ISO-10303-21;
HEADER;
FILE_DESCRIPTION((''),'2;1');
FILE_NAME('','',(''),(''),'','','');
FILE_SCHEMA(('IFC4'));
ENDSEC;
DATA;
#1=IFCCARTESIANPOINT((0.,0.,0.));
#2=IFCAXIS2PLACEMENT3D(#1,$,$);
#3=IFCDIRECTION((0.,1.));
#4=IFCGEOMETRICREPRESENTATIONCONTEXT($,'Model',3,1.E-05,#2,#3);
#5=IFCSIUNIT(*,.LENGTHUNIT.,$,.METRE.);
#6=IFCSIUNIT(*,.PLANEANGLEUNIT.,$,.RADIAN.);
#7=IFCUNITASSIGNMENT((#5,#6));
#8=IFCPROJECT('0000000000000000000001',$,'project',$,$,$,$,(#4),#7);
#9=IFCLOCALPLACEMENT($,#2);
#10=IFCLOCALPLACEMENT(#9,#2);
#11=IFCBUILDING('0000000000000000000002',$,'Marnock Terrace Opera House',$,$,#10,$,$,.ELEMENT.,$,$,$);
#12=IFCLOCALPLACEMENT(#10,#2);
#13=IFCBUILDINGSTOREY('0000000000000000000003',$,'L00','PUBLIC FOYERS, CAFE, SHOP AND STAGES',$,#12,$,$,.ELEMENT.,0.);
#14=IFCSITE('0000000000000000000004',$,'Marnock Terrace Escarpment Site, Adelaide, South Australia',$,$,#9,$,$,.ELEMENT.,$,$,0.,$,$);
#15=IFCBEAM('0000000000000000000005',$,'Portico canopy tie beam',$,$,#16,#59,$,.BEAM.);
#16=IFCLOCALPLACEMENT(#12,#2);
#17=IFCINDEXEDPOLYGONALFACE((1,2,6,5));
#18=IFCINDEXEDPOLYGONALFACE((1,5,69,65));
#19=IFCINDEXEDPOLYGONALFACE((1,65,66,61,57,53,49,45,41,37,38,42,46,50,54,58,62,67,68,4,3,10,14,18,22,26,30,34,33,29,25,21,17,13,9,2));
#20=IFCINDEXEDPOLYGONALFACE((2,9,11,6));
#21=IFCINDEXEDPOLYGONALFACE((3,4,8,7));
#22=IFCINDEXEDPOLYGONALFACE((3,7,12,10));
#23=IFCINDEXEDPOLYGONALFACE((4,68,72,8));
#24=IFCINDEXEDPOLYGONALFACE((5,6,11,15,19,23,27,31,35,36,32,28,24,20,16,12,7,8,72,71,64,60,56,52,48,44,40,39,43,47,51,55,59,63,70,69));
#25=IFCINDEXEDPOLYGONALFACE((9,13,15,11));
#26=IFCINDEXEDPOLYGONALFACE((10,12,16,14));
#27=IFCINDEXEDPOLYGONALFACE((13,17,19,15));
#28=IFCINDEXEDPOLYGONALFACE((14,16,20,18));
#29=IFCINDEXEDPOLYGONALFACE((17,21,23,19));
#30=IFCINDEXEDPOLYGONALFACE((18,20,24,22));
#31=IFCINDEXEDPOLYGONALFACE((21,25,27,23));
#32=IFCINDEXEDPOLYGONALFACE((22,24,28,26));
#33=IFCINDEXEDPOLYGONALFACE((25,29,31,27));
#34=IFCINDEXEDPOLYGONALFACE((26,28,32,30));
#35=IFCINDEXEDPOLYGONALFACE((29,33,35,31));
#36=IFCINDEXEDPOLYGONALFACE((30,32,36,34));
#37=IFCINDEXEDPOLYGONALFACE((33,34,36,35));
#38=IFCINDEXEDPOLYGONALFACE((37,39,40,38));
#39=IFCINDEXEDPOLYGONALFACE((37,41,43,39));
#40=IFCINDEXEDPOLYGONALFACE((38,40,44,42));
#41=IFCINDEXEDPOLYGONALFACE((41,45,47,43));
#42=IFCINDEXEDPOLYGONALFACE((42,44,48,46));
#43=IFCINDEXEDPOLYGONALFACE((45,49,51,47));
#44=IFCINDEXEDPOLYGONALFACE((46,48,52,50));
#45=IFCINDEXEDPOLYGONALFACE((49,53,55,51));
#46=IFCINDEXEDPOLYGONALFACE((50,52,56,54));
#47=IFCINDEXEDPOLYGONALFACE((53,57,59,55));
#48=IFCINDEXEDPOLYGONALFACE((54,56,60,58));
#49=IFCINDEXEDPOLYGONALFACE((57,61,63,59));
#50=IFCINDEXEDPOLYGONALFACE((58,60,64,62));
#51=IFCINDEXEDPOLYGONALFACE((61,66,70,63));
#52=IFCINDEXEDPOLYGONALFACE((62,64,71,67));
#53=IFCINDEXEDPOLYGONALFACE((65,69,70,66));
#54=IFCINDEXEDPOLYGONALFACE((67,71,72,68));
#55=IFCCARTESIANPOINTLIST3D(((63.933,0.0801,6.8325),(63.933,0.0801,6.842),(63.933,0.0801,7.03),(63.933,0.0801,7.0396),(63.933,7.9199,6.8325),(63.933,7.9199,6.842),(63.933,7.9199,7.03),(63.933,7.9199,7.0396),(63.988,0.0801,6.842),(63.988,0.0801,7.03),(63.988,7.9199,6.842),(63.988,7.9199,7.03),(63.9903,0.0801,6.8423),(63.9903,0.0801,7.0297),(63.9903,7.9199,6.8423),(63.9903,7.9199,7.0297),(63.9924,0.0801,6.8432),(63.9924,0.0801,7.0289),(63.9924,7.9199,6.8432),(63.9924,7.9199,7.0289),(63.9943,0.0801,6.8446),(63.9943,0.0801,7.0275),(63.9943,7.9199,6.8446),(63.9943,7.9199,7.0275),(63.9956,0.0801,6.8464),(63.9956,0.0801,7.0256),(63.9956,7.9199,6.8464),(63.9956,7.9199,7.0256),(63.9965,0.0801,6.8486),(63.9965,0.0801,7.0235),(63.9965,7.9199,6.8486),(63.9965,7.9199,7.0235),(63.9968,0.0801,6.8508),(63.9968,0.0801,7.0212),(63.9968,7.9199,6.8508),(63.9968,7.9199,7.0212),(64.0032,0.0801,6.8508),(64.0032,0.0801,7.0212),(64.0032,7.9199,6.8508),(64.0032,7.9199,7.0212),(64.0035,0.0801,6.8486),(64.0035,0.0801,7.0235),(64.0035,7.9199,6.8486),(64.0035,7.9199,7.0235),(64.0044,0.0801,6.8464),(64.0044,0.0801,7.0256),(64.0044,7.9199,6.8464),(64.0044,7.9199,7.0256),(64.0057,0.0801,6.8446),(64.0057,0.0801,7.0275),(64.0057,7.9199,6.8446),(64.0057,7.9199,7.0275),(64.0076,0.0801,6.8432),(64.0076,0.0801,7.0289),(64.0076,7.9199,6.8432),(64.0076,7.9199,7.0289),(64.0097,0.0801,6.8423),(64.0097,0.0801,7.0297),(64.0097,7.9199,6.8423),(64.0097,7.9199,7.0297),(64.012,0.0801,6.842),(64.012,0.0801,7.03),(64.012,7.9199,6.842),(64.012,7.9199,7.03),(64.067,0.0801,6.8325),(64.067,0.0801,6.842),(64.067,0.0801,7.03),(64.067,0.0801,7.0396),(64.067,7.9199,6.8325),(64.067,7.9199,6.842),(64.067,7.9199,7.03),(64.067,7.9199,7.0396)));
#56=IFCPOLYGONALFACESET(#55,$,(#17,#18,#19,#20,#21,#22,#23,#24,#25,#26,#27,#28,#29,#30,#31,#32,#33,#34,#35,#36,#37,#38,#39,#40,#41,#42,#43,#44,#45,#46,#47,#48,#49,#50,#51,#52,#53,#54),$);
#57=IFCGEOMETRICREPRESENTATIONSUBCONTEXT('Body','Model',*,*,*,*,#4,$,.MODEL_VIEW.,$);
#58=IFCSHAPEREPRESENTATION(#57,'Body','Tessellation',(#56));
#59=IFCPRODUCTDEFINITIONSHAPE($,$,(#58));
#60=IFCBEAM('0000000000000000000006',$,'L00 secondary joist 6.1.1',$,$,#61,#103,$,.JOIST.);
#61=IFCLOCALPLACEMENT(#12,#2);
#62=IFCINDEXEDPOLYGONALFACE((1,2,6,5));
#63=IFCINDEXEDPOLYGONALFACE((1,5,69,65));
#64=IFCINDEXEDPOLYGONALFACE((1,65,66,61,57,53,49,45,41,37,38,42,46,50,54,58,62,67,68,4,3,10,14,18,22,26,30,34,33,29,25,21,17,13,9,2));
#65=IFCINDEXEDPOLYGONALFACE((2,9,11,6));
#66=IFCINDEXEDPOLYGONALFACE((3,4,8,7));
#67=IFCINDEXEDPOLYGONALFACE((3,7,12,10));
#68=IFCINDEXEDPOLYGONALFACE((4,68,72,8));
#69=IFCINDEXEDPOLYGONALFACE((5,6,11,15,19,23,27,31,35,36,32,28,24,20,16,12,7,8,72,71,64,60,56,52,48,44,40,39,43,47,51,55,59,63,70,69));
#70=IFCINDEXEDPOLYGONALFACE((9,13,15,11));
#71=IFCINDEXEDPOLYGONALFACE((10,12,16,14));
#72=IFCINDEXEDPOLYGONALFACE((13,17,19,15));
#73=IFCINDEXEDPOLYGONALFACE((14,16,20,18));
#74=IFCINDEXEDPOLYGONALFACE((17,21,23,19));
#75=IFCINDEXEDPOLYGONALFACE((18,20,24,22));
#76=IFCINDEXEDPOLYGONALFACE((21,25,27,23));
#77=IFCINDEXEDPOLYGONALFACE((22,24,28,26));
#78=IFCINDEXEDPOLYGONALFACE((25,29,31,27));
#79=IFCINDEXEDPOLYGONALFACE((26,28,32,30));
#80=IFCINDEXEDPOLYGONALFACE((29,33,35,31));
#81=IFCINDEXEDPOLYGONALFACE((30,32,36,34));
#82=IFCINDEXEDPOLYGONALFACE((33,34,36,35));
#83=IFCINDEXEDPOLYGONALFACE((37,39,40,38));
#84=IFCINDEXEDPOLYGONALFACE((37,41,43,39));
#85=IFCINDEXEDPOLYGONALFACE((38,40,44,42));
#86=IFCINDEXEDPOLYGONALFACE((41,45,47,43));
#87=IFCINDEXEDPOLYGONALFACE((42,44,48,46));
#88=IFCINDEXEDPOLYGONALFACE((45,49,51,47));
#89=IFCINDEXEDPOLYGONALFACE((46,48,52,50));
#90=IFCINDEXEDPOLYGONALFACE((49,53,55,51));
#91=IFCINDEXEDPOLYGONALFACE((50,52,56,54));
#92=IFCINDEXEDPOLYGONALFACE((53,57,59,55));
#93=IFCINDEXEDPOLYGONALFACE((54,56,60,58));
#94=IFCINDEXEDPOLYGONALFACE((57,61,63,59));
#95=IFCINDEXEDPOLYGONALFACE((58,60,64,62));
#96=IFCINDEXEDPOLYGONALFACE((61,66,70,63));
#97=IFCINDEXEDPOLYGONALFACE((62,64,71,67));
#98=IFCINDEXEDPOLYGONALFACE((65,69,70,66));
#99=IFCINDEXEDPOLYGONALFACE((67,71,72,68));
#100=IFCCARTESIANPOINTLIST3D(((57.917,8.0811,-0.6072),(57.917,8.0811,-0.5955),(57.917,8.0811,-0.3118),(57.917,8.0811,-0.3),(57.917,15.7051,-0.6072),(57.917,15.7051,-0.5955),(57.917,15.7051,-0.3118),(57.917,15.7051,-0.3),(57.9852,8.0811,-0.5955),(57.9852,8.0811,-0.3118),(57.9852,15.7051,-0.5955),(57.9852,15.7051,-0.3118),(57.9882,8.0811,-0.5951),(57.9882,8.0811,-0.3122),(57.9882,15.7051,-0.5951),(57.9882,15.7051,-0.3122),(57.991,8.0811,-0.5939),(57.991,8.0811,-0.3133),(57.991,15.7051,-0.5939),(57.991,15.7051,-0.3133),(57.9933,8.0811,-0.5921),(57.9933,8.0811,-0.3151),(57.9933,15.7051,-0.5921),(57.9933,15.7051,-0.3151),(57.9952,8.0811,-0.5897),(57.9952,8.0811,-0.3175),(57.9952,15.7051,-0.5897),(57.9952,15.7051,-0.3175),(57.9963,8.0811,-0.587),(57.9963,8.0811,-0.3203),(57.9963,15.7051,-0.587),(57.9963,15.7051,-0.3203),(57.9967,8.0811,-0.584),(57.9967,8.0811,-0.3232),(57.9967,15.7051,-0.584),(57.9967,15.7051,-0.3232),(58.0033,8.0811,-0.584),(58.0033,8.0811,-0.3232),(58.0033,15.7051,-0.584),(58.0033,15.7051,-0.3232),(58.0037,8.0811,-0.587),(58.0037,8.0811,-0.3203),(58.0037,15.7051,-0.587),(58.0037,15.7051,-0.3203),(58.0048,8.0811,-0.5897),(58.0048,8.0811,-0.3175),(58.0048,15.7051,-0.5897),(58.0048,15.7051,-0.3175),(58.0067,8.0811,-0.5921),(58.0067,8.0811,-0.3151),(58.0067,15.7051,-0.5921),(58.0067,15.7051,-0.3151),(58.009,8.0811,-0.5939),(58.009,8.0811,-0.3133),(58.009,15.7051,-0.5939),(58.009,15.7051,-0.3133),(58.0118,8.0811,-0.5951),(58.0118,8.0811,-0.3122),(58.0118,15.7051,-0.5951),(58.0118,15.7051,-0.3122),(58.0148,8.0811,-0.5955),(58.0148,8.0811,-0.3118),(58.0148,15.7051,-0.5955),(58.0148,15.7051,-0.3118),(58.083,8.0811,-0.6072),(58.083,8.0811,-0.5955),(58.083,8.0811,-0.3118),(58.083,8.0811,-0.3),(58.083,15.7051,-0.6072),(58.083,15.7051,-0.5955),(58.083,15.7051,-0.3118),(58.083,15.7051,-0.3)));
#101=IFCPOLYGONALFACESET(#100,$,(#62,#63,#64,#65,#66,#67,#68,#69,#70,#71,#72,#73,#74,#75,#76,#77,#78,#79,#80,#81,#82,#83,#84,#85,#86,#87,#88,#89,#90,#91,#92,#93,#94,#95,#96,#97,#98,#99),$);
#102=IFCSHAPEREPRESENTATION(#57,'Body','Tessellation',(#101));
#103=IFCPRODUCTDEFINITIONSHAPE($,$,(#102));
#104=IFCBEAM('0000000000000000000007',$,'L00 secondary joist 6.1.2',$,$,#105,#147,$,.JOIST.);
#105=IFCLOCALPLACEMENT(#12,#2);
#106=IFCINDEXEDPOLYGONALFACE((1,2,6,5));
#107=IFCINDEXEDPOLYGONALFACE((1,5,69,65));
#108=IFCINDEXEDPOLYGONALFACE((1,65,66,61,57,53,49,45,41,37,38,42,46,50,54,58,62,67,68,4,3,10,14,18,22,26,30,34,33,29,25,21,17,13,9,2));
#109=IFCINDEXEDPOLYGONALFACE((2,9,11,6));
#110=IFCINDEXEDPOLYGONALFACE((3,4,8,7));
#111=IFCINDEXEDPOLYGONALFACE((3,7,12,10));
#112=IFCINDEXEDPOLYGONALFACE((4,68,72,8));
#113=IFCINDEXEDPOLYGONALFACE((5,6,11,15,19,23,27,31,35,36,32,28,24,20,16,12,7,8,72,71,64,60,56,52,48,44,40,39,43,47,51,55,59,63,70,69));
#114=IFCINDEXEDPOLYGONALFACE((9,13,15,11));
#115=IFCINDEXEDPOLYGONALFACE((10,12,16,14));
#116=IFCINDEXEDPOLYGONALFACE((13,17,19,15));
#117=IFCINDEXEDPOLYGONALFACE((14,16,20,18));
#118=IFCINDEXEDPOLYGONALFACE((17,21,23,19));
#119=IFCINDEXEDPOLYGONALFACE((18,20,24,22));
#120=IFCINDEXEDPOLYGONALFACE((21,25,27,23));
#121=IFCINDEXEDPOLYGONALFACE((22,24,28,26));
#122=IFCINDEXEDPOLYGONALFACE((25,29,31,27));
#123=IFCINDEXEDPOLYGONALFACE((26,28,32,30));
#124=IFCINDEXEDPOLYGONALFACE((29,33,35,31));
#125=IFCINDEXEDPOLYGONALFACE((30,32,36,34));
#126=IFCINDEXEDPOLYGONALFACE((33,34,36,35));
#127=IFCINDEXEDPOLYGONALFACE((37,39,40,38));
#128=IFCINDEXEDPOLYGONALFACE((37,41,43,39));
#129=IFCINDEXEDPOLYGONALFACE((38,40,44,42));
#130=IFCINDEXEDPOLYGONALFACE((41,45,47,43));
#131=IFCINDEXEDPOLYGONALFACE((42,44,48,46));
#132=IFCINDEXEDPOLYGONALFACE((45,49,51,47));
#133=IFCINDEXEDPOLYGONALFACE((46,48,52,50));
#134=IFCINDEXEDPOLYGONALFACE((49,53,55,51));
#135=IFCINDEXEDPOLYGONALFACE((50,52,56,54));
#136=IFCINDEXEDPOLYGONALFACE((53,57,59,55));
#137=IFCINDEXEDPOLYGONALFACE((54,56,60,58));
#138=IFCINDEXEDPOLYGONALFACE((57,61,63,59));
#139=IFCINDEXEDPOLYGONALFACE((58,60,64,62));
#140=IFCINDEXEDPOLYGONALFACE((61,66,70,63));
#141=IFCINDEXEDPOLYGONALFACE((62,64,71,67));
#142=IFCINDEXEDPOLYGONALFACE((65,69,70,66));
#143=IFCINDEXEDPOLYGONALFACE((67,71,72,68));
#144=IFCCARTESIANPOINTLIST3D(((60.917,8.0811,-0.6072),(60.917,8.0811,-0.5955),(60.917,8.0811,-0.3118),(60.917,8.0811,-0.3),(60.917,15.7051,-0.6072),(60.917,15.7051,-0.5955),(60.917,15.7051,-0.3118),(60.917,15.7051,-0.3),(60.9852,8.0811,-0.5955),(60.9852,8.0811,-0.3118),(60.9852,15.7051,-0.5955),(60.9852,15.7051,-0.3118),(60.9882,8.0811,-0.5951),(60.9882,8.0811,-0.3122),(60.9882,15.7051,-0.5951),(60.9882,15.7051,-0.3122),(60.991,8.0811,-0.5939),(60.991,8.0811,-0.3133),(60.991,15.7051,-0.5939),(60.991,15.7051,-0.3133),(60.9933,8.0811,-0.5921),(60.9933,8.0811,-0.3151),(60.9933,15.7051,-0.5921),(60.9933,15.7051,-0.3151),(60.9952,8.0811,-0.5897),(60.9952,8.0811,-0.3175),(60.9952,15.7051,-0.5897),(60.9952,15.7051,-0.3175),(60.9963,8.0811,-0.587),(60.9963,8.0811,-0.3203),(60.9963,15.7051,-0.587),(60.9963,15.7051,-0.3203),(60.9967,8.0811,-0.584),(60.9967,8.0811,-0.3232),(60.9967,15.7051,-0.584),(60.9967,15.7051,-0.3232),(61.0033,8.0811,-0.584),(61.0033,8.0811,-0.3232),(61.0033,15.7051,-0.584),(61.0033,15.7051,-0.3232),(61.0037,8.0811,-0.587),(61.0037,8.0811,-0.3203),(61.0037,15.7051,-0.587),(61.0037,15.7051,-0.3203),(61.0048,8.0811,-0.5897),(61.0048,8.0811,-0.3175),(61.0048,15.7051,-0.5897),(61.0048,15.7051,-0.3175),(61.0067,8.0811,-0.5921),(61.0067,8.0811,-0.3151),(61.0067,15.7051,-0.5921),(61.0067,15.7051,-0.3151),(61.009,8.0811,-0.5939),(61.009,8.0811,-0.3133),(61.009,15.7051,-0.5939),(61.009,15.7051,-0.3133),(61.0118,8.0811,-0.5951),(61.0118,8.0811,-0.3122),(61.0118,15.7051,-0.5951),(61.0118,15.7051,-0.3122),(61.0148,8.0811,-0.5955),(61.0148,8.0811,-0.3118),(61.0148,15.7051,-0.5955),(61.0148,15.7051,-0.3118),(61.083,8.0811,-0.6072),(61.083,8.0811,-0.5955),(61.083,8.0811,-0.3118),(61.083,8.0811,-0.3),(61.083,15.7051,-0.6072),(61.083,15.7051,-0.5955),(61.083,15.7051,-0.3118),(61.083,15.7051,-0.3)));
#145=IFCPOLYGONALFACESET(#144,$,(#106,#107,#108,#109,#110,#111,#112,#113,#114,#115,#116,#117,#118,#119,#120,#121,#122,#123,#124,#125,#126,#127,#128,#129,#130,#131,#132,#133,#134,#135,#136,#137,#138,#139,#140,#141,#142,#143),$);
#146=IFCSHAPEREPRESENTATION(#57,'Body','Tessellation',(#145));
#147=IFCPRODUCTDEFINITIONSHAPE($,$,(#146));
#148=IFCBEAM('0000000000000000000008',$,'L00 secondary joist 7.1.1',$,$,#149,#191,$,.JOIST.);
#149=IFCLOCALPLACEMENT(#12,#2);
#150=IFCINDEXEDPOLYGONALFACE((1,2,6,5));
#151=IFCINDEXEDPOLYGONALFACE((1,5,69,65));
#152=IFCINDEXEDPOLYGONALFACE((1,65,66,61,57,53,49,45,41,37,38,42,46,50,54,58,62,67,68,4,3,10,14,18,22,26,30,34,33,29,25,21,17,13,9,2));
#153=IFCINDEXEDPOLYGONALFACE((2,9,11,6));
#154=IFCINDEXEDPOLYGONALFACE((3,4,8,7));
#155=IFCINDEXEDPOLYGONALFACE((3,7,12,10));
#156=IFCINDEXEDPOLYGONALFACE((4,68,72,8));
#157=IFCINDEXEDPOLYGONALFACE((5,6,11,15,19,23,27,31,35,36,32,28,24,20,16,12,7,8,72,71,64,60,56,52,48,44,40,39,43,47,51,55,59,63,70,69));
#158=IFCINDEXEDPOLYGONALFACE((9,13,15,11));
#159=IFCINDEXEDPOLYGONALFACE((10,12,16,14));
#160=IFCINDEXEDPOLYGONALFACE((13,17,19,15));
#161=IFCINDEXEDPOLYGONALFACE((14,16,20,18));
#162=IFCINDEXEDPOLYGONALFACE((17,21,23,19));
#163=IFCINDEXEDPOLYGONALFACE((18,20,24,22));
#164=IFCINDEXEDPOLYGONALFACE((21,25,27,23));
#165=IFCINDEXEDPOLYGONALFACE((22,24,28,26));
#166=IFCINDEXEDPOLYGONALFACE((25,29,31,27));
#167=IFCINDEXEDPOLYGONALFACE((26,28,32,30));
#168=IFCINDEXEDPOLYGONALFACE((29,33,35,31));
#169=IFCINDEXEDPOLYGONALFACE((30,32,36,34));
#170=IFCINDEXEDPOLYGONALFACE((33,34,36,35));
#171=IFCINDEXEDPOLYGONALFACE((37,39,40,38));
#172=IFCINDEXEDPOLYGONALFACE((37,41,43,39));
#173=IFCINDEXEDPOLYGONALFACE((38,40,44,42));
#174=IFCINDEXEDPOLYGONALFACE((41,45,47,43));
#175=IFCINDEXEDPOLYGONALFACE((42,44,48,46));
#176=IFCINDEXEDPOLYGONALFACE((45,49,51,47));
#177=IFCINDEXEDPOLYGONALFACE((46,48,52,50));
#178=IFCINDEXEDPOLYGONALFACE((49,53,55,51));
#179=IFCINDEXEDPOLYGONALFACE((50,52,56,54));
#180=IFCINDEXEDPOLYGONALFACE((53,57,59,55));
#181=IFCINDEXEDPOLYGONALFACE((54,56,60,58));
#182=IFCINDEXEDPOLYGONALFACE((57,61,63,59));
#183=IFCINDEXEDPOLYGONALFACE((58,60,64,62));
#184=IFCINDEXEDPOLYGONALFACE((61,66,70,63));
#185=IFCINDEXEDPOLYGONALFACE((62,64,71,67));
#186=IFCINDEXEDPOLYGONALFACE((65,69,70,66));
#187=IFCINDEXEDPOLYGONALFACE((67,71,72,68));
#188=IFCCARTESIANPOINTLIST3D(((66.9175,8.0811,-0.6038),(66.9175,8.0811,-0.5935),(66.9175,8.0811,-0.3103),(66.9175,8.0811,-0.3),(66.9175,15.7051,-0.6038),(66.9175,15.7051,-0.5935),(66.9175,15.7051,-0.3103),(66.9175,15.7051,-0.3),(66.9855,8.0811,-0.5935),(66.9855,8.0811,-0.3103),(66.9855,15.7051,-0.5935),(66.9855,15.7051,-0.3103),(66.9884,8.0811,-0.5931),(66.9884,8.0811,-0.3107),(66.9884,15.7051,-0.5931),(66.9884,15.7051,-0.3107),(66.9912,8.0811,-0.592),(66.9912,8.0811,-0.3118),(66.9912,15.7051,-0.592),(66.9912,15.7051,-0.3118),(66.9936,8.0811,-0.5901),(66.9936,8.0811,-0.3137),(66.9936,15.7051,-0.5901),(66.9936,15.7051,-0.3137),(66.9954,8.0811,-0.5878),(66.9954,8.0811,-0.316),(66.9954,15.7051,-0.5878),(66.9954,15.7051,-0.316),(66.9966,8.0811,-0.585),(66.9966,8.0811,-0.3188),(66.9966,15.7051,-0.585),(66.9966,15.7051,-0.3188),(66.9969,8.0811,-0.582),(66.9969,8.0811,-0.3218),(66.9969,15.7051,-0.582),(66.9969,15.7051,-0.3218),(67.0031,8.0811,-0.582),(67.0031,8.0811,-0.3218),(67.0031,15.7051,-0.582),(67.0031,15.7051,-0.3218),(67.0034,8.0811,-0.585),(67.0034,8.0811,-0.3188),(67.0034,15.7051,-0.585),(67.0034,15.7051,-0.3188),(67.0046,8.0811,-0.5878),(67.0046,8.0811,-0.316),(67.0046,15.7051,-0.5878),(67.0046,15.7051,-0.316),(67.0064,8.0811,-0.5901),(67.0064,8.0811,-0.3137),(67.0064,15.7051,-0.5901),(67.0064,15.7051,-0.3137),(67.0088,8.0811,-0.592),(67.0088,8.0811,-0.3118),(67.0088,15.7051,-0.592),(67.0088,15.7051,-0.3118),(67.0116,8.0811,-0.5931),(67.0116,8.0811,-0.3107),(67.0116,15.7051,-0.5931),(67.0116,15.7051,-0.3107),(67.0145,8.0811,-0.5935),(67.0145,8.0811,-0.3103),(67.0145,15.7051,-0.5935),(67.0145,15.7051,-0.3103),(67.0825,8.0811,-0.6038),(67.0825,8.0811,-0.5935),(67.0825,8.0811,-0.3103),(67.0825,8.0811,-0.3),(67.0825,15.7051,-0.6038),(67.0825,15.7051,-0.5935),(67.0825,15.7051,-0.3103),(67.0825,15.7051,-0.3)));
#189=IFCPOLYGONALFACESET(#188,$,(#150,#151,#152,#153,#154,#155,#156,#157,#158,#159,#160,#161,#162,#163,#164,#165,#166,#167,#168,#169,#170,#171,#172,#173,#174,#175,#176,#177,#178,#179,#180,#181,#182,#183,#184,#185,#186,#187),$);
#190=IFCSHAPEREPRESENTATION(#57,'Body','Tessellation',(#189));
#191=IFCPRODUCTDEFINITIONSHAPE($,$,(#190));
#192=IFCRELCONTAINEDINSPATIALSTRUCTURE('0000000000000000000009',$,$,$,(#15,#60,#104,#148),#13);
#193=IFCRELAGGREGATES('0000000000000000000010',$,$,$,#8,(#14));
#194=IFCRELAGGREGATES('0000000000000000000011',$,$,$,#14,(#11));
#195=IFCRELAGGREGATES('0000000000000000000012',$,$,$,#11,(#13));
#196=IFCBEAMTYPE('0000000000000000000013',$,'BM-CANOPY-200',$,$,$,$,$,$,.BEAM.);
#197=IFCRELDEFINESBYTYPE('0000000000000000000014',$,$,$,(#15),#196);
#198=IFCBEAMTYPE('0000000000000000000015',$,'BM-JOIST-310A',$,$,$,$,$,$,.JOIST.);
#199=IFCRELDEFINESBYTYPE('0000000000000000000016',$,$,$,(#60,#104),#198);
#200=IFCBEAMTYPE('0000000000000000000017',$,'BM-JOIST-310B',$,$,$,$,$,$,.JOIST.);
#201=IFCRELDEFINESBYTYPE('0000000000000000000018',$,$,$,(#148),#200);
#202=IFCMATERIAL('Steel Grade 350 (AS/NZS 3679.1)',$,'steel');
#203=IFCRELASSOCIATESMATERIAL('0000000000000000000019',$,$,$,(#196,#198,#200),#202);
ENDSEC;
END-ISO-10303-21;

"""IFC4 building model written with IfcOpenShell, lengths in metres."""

from ifc_helpers import new_model, si_unit, direction, frame, origin, origin_2d, place, context, subcontext, project, spatial, i_section, extrude, material, material_profile, profile_set, type_object, element, save


model = new_model("IFC4")

# Units and contexts
model_context = context("Model", 3, precision=1e-05, world=origin(), true_north=direction((0.0, 1.0)))
body_context = subcontext(model_context, "Body", "Model", "MODEL_VIEW")
ifc_project = project(units=[si_unit("LENGTHUNIT", "METRE"), si_unit("PLANEANGLEUNIT", "RADIAN")], contexts=[model_context])

# Site, building, storey
site_placement = place(None, origin())
site = spatial("IfcSite", under=ifc_project, at=site_placement, Name="Marnock Terrace Escarpment Site, Adelaide, South Australia", CompositionType="ELEMENT", RefElevation=0.0)
building_placement = place(site_placement, origin())
building = spatial("IfcBuilding", under=site, at=building_placement, Name="Marnock Terrace Opera House", CompositionType="ELEMENT")
storey_placement = place(building_placement, origin())
storey = spatial("IfcBuildingStorey", under=building, at=storey_placement, Name="L00", Description="PUBLIC FOYERS, CAFE, SHOP AND STAGES", CompositionType="ELEMENT", Elevation=0.0)

# Beams
ifc_material_1 = material(Name="Steel Grade 350 (AS/NZS 3679.1)", Category="steel")
ifc_material_profile_1 = material_profile(ifc_material_1, i_section(OverallWidth=0.134, OverallDepth=0.207, WebThickness=0.0063, FlangeThickness=0.0095, FilletRadius=0.0088, at=origin_2d()))
ifc_profile_set_1 = profile_set([ifc_material_profile_1], Name="Steel Grade 350 (AS/NZS 3679.1)")
beam_type_1 = type_object("IfcBeamType", Name="BM-CANOPY-200", PredefinedType="BEAM", material=ifc_profile_set_1)
beam_1_placement = place(storey_placement, frame((64.0, 0.0801, 6.936), z_axis=(0.0, 1.0, 0.0), x_axis=(-1.0, 0.0, 0.0)))
element("IfcBeam", 1, at=beam_1_placement, inside=storey, type_object=beam_type_1, Name="Portico canopy tie beam", PredefinedType="BEAM", context=body_context, shape_type="SweptSolid", body=[
    extrude(i_section(OverallWidth=0.134, OverallDepth=0.207, WebThickness=0.0063, FlangeThickness=0.0095, FilletRadius=0.0088, at=origin_2d()), origin(), (0.0, 0.0, 1.0), 7.8398),
])
ifc_material_profile_2 = material_profile(ifc_material_1, i_section(OverallWidth=0.166, OverallDepth=0.3071, WebThickness=0.0066, FlangeThickness=0.0117, FilletRadius=0.0115, at=origin_2d()))
ifc_profile_set_2 = profile_set([ifc_material_profile_2], Name="Steel Grade 350 (AS/NZS 3679.1)")
beam_type_2 = type_object("IfcBeamType", Name="BM-JOIST-310A", PredefinedType="JOIST", material=ifc_profile_set_2)
for number, where, z_axis, x_axis, name in (
    (2, (58.0, 8.0811, -0.4536), (0.0, 1.0, 0.0), (-1.0, 0.0, 0.0), "L00 secondary joist 6.1.1"),
    (3, (61.0, 8.0811, -0.4536), (0.0, 1.0, 0.0), (-1.0, 0.0, 0.0), "L00 secondary joist 6.1.2"),
):
    element("IfcBeam", number, at=place(storey_placement, frame(where, z_axis=z_axis, x_axis=x_axis)), inside=storey, type_object=beam_type_2, Name=name, PredefinedType="JOIST", context=body_context, shape_type="SweptSolid", body=[
        extrude(i_section(OverallWidth=0.166, OverallDepth=0.3071, WebThickness=0.0066, FlangeThickness=0.0117, FilletRadius=0.0115, at=origin_2d()), origin(), (0.0, 0.0, 1.0), 7.624),
    ])
ifc_material_profile_3 = material_profile(ifc_material_1, i_section(OverallWidth=0.165, OverallDepth=0.3037, WebThickness=0.0061, FlangeThickness=0.0103, FilletRadius=0.0115, at=origin_2d()))
ifc_profile_set_3 = profile_set([ifc_material_profile_3], Name="Steel Grade 350 (AS/NZS 3679.1)")
beam_type_3 = type_object("IfcBeamType", Name="BM-JOIST-310B", PredefinedType="JOIST", material=ifc_profile_set_3)
beam_2_placement = place(storey_placement, frame((67.0, 8.0811, -0.4519), z_axis=(0.0, 1.0, 0.0), x_axis=(-1.0, 0.0, 0.0)))
element("IfcBeam", 4, at=beam_2_placement, inside=storey, type_object=beam_type_3, Name="L00 secondary joist 7.1.1", PredefinedType="JOIST", context=body_context, shape_type="SweptSolid", body=[
    extrude(i_section(OverallWidth=0.165, OverallDepth=0.3037, WebThickness=0.0061, FlangeThickness=0.0103, FilletRadius=0.0115, at=origin_2d()), origin(), (0.0, 0.0, 1.0), 7.624),
])

save(model, "model.ifc")
